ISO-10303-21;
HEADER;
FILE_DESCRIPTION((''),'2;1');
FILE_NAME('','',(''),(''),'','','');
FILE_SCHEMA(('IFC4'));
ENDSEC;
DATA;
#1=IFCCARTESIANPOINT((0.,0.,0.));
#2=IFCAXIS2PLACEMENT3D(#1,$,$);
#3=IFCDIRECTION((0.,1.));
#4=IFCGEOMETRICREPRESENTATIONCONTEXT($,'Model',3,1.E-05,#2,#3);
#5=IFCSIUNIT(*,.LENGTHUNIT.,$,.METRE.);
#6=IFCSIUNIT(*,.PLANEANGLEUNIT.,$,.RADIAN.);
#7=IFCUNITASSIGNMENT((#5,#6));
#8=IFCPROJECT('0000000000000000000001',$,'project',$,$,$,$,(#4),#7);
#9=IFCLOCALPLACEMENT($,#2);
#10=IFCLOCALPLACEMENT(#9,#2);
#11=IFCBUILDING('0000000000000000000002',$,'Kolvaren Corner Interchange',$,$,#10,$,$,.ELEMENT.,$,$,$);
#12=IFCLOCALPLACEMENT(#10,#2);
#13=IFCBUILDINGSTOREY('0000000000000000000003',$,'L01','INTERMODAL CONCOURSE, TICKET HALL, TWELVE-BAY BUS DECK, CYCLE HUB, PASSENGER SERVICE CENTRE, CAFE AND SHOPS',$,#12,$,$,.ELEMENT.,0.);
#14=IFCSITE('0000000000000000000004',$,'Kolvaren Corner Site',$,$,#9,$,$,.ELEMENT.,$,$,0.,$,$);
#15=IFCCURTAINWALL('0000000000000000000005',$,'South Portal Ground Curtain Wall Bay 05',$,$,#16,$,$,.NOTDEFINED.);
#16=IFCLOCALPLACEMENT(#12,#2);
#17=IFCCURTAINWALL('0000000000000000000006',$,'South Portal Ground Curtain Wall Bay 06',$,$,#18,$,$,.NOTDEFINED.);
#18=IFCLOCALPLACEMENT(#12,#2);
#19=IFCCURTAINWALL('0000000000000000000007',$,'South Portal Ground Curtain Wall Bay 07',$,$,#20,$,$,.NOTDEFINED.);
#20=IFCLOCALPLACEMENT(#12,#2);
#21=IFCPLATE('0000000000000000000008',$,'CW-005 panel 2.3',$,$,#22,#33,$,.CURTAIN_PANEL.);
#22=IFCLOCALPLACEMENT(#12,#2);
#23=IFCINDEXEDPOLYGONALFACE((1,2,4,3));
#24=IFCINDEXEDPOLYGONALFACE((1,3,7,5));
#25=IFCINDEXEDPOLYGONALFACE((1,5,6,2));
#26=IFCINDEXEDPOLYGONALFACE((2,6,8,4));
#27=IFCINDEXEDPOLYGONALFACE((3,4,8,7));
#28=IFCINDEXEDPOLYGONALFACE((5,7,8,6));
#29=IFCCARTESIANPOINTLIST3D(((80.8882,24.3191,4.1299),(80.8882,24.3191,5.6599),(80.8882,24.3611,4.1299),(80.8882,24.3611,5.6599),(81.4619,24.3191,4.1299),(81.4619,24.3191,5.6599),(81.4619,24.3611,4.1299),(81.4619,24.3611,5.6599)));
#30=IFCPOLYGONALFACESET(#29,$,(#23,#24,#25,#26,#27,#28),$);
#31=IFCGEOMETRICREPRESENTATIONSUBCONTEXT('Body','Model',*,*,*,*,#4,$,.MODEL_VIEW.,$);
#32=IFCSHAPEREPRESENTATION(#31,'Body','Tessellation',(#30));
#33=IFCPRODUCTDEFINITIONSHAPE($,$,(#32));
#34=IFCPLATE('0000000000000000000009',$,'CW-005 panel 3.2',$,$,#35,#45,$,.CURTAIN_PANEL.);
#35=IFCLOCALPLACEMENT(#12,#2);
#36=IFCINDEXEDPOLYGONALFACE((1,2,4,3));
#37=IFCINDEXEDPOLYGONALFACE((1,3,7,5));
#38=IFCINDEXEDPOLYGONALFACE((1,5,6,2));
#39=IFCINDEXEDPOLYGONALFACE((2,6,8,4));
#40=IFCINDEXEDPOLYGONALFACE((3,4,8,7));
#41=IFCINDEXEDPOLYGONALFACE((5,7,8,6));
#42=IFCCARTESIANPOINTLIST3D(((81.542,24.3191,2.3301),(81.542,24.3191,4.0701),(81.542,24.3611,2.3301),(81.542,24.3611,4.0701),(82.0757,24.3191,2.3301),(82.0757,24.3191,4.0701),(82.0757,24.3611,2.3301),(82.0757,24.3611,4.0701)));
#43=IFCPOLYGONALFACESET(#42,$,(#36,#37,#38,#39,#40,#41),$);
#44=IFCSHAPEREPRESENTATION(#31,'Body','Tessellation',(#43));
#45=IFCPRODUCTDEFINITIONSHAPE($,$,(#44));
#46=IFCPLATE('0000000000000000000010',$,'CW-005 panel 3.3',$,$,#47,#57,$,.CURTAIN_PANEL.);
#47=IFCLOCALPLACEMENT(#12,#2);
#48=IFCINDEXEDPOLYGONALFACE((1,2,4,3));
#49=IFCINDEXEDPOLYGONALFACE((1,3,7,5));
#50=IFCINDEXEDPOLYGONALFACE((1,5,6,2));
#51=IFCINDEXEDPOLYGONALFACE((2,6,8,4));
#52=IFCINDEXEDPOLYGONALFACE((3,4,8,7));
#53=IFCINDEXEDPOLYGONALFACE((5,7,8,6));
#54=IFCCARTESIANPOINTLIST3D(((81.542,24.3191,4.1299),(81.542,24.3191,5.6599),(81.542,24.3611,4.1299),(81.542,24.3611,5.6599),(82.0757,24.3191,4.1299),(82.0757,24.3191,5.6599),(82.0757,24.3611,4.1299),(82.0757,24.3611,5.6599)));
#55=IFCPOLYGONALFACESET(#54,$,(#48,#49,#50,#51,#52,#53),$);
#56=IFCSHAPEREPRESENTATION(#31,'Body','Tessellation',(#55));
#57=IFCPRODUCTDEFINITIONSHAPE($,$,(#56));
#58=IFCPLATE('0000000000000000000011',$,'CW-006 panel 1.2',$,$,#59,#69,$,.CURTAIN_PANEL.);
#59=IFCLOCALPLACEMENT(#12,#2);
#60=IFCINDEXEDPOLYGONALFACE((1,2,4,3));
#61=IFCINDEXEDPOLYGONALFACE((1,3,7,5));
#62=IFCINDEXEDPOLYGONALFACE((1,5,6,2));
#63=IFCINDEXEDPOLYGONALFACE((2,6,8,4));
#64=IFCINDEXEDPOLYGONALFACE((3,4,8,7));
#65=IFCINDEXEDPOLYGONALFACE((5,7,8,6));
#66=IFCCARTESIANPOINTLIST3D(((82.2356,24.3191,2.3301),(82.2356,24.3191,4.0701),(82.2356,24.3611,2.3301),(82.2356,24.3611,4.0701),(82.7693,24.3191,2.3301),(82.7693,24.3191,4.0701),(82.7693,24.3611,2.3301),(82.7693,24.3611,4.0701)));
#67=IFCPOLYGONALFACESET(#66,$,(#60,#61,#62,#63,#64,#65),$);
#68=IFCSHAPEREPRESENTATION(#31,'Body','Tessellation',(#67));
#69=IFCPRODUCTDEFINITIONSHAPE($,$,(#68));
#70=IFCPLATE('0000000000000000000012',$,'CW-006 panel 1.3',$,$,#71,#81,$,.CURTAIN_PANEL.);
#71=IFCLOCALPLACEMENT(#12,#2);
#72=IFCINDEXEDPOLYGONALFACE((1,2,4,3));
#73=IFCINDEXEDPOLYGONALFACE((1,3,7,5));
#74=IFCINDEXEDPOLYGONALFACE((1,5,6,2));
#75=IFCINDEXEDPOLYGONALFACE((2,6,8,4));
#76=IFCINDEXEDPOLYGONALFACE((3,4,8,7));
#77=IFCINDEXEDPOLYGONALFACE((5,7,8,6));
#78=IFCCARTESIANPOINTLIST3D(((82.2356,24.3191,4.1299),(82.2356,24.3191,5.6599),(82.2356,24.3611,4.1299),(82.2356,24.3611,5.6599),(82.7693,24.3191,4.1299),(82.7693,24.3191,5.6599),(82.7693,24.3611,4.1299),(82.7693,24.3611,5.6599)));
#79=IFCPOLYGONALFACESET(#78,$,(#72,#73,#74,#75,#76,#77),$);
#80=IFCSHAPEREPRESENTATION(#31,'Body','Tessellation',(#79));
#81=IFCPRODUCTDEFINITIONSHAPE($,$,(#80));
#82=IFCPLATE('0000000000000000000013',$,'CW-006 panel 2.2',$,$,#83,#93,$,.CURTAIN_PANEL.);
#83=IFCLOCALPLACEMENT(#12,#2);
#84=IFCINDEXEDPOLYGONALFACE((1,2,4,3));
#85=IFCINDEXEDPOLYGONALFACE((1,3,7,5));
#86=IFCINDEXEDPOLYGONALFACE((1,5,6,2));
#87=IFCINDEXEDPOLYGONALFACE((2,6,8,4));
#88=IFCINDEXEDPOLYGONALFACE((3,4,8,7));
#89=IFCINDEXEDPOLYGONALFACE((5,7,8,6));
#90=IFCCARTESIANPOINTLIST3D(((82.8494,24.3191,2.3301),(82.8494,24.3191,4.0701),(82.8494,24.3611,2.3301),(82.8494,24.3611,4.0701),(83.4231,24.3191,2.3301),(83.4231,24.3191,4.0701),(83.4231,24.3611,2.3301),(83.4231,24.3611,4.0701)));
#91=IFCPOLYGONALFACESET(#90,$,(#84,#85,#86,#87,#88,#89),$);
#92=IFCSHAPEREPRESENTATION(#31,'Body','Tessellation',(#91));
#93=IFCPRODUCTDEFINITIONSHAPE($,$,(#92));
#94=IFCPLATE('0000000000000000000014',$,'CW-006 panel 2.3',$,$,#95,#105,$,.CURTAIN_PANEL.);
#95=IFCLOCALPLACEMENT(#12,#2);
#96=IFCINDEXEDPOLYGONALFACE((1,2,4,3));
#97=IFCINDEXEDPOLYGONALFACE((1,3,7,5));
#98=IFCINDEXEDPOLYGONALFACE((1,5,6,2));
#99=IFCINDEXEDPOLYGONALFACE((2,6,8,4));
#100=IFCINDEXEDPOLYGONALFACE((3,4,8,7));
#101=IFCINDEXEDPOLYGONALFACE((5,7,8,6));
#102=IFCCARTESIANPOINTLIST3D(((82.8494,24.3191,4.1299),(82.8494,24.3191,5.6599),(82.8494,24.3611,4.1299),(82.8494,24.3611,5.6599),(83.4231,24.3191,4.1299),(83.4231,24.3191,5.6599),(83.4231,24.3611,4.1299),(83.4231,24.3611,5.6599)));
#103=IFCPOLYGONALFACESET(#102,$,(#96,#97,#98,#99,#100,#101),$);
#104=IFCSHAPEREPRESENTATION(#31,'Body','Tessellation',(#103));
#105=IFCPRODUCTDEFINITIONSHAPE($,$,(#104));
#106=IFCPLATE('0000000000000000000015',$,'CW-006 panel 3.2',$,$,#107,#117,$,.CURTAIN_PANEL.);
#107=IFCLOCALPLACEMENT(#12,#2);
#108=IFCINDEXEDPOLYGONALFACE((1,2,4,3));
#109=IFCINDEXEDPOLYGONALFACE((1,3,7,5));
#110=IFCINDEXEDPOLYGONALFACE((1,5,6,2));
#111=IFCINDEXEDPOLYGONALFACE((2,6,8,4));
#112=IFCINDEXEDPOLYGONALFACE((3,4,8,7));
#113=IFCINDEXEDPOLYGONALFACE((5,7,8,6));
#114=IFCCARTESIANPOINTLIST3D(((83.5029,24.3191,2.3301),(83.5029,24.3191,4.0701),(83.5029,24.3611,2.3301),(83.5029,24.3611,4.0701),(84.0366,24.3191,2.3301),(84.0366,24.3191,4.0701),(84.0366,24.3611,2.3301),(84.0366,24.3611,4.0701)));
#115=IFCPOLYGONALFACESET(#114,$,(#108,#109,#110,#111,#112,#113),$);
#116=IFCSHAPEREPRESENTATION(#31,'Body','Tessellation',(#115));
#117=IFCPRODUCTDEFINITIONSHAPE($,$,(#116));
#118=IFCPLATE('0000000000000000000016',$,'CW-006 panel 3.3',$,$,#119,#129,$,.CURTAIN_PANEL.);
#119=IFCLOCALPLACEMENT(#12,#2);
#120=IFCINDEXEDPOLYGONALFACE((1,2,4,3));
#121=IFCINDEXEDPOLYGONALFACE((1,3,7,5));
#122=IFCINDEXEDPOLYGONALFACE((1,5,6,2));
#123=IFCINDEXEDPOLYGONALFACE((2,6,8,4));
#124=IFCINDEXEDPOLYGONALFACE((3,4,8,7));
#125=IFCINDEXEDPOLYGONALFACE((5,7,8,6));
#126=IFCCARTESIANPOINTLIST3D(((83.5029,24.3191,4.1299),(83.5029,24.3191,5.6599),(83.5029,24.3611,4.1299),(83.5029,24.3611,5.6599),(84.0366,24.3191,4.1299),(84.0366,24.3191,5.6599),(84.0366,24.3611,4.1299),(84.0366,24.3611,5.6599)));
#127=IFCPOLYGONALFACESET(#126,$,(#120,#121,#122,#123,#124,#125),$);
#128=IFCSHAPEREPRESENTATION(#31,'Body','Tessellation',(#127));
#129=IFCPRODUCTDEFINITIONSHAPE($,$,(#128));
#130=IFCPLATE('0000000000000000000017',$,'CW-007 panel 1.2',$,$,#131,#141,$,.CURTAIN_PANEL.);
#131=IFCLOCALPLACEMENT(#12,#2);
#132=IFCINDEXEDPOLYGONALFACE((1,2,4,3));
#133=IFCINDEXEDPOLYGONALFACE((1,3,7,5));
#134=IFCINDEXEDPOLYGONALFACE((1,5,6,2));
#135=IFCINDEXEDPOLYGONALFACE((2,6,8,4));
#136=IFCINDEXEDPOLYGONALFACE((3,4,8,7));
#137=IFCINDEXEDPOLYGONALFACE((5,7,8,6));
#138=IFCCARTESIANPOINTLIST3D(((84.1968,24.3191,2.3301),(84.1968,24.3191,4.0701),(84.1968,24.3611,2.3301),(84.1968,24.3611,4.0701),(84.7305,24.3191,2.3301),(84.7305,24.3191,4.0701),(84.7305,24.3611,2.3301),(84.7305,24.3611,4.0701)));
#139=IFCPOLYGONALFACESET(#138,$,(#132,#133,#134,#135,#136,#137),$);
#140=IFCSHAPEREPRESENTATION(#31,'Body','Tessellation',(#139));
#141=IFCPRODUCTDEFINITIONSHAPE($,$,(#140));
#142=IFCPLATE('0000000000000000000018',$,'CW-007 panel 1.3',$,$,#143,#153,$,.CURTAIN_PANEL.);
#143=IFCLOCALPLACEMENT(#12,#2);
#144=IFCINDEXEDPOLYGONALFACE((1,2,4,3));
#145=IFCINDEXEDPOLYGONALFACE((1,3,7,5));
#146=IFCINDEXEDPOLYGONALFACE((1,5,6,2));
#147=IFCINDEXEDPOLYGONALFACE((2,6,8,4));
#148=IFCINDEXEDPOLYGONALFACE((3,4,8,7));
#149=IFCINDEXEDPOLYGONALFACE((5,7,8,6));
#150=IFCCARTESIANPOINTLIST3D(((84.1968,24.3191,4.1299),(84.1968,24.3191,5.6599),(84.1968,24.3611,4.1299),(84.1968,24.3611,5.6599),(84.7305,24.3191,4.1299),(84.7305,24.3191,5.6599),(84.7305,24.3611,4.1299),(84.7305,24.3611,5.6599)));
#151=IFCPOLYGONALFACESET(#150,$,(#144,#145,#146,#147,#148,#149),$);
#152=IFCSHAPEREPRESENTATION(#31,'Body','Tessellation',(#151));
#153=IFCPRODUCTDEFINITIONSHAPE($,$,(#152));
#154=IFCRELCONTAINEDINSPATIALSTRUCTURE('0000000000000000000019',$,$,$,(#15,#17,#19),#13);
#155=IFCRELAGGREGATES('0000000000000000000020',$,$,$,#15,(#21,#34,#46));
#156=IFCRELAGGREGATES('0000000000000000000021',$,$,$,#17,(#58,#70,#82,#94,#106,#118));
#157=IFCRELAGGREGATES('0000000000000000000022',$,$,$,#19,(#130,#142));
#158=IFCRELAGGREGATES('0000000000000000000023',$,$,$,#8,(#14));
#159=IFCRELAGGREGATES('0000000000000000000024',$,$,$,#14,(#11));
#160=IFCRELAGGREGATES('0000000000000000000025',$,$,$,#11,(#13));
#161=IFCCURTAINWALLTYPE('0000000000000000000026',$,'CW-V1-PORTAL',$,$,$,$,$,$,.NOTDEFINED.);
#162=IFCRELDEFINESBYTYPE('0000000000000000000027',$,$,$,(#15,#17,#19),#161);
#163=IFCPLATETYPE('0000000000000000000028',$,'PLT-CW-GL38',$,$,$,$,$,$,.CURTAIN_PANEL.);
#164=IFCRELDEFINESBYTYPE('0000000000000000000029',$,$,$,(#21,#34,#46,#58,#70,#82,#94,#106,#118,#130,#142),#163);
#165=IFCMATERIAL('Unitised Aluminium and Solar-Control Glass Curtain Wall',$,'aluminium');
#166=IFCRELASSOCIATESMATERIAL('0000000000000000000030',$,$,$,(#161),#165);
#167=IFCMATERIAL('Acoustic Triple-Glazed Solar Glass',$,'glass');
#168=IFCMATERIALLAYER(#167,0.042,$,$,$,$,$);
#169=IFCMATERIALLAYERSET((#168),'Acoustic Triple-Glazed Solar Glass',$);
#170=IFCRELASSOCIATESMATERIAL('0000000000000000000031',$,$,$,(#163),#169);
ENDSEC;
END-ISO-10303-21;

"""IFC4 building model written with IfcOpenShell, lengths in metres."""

from ifc_helpers import new_model, si_unit, direction, frame, origin, origin_2d, place, context, subcontext, project, spatial, rectangle, extrude, material, layer, layer_set, type_object, element, aggregate, save


model = new_model("IFC4")

# Units and contexts
model_context = context("Model", 3, precision=1e-05, world=origin(), true_north=direction((0.0, 1.0)))
body_context = subcontext(model_context, "Body", "Model", "MODEL_VIEW")
ifc_project = project(units=[si_unit("LENGTHUNIT", "METRE"), si_unit("PLANEANGLEUNIT", "RADIAN")], contexts=[model_context])

# Site, building, storey
site_placement = place(None, origin())
site = spatial("IfcSite", under=ifc_project, at=site_placement, Name="Kolvaren Corner Site", CompositionType="ELEMENT", RefElevation=0.0)
building_placement = place(site_placement, origin())
building = spatial("IfcBuilding", under=site, at=building_placement, Name="Kolvaren Corner Interchange", CompositionType="ELEMENT")
storey_placement = place(building_placement, origin())
storey = spatial("IfcBuildingStorey", under=building, at=storey_placement, Name="L01", Description="INTERMODAL CONCOURSE, TICKET HALL, TWELVE-BAY BUS DECK, CYCLE HUB, PASSENGER SERVICE CENTRE, CAFE AND SHOPS", CompositionType="ELEMENT", Elevation=0.0)

# Curtain walls
ifc_material_1 = material(Name="Unitised Aluminium and Solar-Control Glass Curtain Wall", Category="aluminium")
curtain_wall_type = type_object("IfcCurtainWallType", Name="CW-V1-PORTAL", PredefinedType="NOTDEFINED", material=ifc_material_1)
curtain_wall_1_placement = place(storey_placement, origin())
curtain_wall_1 = element("IfcCurtainWall", 1, at=curtain_wall_1_placement, inside=storey, type_object=curtain_wall_type, Name="South Portal Ground Curtain Wall Bay 05", PredefinedType="NOTDEFINED")
curtain_wall_2_placement = place(storey_placement, origin())
curtain_wall_2 = element("IfcCurtainWall", 2, at=curtain_wall_2_placement, inside=storey, type_object=curtain_wall_type, Name="South Portal Ground Curtain Wall Bay 06", PredefinedType="NOTDEFINED")
curtain_wall_3_placement = place(storey_placement, origin())
curtain_wall_3 = element("IfcCurtainWall", 3, at=curtain_wall_3_placement, inside=storey, type_object=curtain_wall_type, Name="South Portal Ground Curtain Wall Bay 07", PredefinedType="NOTDEFINED")

# Plates
ifc_material_2 = material(Name="Acoustic Triple-Glazed Solar Glass", Category="glass")
ifc_layer = layer(ifc_material_2, 0.042)
ifc_layer_set = layer_set([ifc_layer], Name="Acoustic Triple-Glazed Solar Glass")
plate_type = type_object("IfcPlateType", Name="PLT-CW-GL38", PredefinedType="CURTAIN_PANEL", material=ifc_layer_set)
plate_1_placement = place(storey_placement, frame((81.175, 24.3401, 4.1299), z_axis=(0.0, 0.0, 1.0), x_axis=(1.0, 0.0, 0.0)))
plate_1 = element("IfcPlate", 4, at=plate_1_placement, type_object=plate_type, Name="CW-005 panel 2.3", PredefinedType="CURTAIN_PANEL", context=body_context, shape_type="SweptSolid", body=[
    extrude(rectangle(XDim=0.5737, YDim=0.042, at=origin_2d()), origin(), (0.0, 0.0, 1.0), 1.53),
])
plate_2_placement = place(storey_placement, frame((81.8088, 24.3401, 2.3301), z_axis=(0.0, 0.0, 1.0), x_axis=(1.0, 0.0, 0.0)))
plate_2 = element("IfcPlate", 5, at=plate_2_placement, type_object=plate_type, Name="CW-005 panel 3.2", PredefinedType="CURTAIN_PANEL", context=body_context, shape_type="SweptSolid", body=[
    extrude(rectangle(XDim=0.5337, YDim=0.042, at=origin_2d()), origin(), (0.0, 0.0, 1.0), 1.74),
])
plate_3_placement = place(storey_placement, frame((81.8088, 24.3401, 4.1299), z_axis=(0.0, 0.0, 1.0), x_axis=(1.0, 0.0, 0.0)))
plate_3 = element("IfcPlate", 6, at=plate_3_placement, type_object=plate_type, Name="CW-005 panel 3.3", PredefinedType="CURTAIN_PANEL", context=body_context, shape_type="SweptSolid", body=[
    extrude(rectangle(XDim=0.5337, YDim=0.042, at=origin_2d()), origin(), (0.0, 0.0, 1.0), 1.53),
])
aggregate(curtain_wall_1, [plate_1, plate_2, plate_3])
plate_4_placement = place(storey_placement, frame((82.5024, 24.3401, 2.3301), z_axis=(0.0, 0.0, 1.0), x_axis=(1.0, 0.0, 0.0)))
plate_4 = element("IfcPlate", 7, at=plate_4_placement, type_object=plate_type, Name="CW-006 panel 1.2", PredefinedType="CURTAIN_PANEL", context=body_context, shape_type="SweptSolid", body=[
    extrude(rectangle(XDim=0.5337, YDim=0.042, at=origin_2d()), origin(), (0.0, 0.0, 1.0), 1.74),
])
plate_5_placement = place(storey_placement, frame((82.5024, 24.3401, 4.1299), z_axis=(0.0, 0.0, 1.0), x_axis=(1.0, 0.0, 0.0)))
plate_5 = element("IfcPlate", 8, at=plate_5_placement, type_object=plate_type, Name="CW-006 panel 1.3", PredefinedType="CURTAIN_PANEL", context=body_context, shape_type="SweptSolid", body=[
    extrude(rectangle(XDim=0.5337, YDim=0.042, at=origin_2d()), origin(), (0.0, 0.0, 1.0), 1.53),
])
plate_6_placement = place(storey_placement, frame((83.1362, 24.3401, 2.3301), z_axis=(0.0, 0.0, 1.0), x_axis=(1.0, 0.0, 0.0)))
plate_6 = element("IfcPlate", 9, at=plate_6_placement, type_object=plate_type, Name="CW-006 panel 2.2", PredefinedType="CURTAIN_PANEL", context=body_context, shape_type="SweptSolid", body=[
    extrude(rectangle(XDim=0.5737, YDim=0.042, at=origin_2d()), origin(), (0.0, 0.0, 1.0), 1.74),
])
plate_7_placement = place(storey_placement, frame((83.1362, 24.3401, 4.1299), z_axis=(0.0, 0.0, 1.0), x_axis=(1.0, 0.0, 0.0)))
plate_7 = element("IfcPlate", 10, at=plate_7_placement, type_object=plate_type, Name="CW-006 panel 2.3", PredefinedType="CURTAIN_PANEL", context=body_context, shape_type="SweptSolid", body=[
    extrude(rectangle(XDim=0.5737, YDim=0.042, at=origin_2d()), origin(), (0.0, 0.0, 1.0), 1.53),
])
plate_8_placement = place(storey_placement, frame((83.7698, 24.3401, 2.3301), z_axis=(0.0, 0.0, 1.0), x_axis=(1.0, 0.0, 0.0)))
plate_8 = element("IfcPlate", 11, at=plate_8_placement, type_object=plate_type, Name="CW-006 panel 3.2", PredefinedType="CURTAIN_PANEL", context=body_context, shape_type="SweptSolid", body=[
    extrude(rectangle(XDim=0.5337, YDim=0.042, at=origin_2d()), origin(), (0.0, 0.0, 1.0), 1.74),
])
plate_9_placement = place(storey_placement, frame((83.7698, 24.3401, 4.1299), z_axis=(0.0, 0.0, 1.0), x_axis=(1.0, 0.0, 0.0)))
plate_9 = element("IfcPlate", 12, at=plate_9_placement, type_object=plate_type, Name="CW-006 panel 3.3", PredefinedType="CURTAIN_PANEL", context=body_context, shape_type="SweptSolid", body=[
    extrude(rectangle(XDim=0.5337, YDim=0.042, at=origin_2d()), origin(), (0.0, 0.0, 1.0), 1.53),
])
aggregate(curtain_wall_2, [plate_4, plate_5, plate_6, plate_7, plate_8, plate_9])
plate_10_placement = place(storey_placement, frame((84.4636, 24.3401, 2.3301), z_axis=(0.0, 0.0, 1.0), x_axis=(1.0, 0.0, 0.0)))
plate_10 = element("IfcPlate", 13, at=plate_10_placement, type_object=plate_type, Name="CW-007 panel 1.2", PredefinedType="CURTAIN_PANEL", context=body_context, shape_type="SweptSolid", body=[
    extrude(rectangle(XDim=0.5337, YDim=0.042, at=origin_2d()), origin(), (0.0, 0.0, 1.0), 1.74),
])
plate_11_placement = place(storey_placement, frame((84.4636, 24.3401, 4.1299), z_axis=(0.0, 0.0, 1.0), x_axis=(1.0, 0.0, 0.0)))
plate_11 = element("IfcPlate", 14, at=plate_11_placement, type_object=plate_type, Name="CW-007 panel 1.3", PredefinedType="CURTAIN_PANEL", context=body_context, shape_type="SweptSolid", body=[
    extrude(rectangle(XDim=0.5337, YDim=0.042, at=origin_2d()), origin(), (0.0, 0.0, 1.0), 1.53),
])
aggregate(curtain_wall_3, [plate_10, plate_11])

save(model, "model.ifc")
